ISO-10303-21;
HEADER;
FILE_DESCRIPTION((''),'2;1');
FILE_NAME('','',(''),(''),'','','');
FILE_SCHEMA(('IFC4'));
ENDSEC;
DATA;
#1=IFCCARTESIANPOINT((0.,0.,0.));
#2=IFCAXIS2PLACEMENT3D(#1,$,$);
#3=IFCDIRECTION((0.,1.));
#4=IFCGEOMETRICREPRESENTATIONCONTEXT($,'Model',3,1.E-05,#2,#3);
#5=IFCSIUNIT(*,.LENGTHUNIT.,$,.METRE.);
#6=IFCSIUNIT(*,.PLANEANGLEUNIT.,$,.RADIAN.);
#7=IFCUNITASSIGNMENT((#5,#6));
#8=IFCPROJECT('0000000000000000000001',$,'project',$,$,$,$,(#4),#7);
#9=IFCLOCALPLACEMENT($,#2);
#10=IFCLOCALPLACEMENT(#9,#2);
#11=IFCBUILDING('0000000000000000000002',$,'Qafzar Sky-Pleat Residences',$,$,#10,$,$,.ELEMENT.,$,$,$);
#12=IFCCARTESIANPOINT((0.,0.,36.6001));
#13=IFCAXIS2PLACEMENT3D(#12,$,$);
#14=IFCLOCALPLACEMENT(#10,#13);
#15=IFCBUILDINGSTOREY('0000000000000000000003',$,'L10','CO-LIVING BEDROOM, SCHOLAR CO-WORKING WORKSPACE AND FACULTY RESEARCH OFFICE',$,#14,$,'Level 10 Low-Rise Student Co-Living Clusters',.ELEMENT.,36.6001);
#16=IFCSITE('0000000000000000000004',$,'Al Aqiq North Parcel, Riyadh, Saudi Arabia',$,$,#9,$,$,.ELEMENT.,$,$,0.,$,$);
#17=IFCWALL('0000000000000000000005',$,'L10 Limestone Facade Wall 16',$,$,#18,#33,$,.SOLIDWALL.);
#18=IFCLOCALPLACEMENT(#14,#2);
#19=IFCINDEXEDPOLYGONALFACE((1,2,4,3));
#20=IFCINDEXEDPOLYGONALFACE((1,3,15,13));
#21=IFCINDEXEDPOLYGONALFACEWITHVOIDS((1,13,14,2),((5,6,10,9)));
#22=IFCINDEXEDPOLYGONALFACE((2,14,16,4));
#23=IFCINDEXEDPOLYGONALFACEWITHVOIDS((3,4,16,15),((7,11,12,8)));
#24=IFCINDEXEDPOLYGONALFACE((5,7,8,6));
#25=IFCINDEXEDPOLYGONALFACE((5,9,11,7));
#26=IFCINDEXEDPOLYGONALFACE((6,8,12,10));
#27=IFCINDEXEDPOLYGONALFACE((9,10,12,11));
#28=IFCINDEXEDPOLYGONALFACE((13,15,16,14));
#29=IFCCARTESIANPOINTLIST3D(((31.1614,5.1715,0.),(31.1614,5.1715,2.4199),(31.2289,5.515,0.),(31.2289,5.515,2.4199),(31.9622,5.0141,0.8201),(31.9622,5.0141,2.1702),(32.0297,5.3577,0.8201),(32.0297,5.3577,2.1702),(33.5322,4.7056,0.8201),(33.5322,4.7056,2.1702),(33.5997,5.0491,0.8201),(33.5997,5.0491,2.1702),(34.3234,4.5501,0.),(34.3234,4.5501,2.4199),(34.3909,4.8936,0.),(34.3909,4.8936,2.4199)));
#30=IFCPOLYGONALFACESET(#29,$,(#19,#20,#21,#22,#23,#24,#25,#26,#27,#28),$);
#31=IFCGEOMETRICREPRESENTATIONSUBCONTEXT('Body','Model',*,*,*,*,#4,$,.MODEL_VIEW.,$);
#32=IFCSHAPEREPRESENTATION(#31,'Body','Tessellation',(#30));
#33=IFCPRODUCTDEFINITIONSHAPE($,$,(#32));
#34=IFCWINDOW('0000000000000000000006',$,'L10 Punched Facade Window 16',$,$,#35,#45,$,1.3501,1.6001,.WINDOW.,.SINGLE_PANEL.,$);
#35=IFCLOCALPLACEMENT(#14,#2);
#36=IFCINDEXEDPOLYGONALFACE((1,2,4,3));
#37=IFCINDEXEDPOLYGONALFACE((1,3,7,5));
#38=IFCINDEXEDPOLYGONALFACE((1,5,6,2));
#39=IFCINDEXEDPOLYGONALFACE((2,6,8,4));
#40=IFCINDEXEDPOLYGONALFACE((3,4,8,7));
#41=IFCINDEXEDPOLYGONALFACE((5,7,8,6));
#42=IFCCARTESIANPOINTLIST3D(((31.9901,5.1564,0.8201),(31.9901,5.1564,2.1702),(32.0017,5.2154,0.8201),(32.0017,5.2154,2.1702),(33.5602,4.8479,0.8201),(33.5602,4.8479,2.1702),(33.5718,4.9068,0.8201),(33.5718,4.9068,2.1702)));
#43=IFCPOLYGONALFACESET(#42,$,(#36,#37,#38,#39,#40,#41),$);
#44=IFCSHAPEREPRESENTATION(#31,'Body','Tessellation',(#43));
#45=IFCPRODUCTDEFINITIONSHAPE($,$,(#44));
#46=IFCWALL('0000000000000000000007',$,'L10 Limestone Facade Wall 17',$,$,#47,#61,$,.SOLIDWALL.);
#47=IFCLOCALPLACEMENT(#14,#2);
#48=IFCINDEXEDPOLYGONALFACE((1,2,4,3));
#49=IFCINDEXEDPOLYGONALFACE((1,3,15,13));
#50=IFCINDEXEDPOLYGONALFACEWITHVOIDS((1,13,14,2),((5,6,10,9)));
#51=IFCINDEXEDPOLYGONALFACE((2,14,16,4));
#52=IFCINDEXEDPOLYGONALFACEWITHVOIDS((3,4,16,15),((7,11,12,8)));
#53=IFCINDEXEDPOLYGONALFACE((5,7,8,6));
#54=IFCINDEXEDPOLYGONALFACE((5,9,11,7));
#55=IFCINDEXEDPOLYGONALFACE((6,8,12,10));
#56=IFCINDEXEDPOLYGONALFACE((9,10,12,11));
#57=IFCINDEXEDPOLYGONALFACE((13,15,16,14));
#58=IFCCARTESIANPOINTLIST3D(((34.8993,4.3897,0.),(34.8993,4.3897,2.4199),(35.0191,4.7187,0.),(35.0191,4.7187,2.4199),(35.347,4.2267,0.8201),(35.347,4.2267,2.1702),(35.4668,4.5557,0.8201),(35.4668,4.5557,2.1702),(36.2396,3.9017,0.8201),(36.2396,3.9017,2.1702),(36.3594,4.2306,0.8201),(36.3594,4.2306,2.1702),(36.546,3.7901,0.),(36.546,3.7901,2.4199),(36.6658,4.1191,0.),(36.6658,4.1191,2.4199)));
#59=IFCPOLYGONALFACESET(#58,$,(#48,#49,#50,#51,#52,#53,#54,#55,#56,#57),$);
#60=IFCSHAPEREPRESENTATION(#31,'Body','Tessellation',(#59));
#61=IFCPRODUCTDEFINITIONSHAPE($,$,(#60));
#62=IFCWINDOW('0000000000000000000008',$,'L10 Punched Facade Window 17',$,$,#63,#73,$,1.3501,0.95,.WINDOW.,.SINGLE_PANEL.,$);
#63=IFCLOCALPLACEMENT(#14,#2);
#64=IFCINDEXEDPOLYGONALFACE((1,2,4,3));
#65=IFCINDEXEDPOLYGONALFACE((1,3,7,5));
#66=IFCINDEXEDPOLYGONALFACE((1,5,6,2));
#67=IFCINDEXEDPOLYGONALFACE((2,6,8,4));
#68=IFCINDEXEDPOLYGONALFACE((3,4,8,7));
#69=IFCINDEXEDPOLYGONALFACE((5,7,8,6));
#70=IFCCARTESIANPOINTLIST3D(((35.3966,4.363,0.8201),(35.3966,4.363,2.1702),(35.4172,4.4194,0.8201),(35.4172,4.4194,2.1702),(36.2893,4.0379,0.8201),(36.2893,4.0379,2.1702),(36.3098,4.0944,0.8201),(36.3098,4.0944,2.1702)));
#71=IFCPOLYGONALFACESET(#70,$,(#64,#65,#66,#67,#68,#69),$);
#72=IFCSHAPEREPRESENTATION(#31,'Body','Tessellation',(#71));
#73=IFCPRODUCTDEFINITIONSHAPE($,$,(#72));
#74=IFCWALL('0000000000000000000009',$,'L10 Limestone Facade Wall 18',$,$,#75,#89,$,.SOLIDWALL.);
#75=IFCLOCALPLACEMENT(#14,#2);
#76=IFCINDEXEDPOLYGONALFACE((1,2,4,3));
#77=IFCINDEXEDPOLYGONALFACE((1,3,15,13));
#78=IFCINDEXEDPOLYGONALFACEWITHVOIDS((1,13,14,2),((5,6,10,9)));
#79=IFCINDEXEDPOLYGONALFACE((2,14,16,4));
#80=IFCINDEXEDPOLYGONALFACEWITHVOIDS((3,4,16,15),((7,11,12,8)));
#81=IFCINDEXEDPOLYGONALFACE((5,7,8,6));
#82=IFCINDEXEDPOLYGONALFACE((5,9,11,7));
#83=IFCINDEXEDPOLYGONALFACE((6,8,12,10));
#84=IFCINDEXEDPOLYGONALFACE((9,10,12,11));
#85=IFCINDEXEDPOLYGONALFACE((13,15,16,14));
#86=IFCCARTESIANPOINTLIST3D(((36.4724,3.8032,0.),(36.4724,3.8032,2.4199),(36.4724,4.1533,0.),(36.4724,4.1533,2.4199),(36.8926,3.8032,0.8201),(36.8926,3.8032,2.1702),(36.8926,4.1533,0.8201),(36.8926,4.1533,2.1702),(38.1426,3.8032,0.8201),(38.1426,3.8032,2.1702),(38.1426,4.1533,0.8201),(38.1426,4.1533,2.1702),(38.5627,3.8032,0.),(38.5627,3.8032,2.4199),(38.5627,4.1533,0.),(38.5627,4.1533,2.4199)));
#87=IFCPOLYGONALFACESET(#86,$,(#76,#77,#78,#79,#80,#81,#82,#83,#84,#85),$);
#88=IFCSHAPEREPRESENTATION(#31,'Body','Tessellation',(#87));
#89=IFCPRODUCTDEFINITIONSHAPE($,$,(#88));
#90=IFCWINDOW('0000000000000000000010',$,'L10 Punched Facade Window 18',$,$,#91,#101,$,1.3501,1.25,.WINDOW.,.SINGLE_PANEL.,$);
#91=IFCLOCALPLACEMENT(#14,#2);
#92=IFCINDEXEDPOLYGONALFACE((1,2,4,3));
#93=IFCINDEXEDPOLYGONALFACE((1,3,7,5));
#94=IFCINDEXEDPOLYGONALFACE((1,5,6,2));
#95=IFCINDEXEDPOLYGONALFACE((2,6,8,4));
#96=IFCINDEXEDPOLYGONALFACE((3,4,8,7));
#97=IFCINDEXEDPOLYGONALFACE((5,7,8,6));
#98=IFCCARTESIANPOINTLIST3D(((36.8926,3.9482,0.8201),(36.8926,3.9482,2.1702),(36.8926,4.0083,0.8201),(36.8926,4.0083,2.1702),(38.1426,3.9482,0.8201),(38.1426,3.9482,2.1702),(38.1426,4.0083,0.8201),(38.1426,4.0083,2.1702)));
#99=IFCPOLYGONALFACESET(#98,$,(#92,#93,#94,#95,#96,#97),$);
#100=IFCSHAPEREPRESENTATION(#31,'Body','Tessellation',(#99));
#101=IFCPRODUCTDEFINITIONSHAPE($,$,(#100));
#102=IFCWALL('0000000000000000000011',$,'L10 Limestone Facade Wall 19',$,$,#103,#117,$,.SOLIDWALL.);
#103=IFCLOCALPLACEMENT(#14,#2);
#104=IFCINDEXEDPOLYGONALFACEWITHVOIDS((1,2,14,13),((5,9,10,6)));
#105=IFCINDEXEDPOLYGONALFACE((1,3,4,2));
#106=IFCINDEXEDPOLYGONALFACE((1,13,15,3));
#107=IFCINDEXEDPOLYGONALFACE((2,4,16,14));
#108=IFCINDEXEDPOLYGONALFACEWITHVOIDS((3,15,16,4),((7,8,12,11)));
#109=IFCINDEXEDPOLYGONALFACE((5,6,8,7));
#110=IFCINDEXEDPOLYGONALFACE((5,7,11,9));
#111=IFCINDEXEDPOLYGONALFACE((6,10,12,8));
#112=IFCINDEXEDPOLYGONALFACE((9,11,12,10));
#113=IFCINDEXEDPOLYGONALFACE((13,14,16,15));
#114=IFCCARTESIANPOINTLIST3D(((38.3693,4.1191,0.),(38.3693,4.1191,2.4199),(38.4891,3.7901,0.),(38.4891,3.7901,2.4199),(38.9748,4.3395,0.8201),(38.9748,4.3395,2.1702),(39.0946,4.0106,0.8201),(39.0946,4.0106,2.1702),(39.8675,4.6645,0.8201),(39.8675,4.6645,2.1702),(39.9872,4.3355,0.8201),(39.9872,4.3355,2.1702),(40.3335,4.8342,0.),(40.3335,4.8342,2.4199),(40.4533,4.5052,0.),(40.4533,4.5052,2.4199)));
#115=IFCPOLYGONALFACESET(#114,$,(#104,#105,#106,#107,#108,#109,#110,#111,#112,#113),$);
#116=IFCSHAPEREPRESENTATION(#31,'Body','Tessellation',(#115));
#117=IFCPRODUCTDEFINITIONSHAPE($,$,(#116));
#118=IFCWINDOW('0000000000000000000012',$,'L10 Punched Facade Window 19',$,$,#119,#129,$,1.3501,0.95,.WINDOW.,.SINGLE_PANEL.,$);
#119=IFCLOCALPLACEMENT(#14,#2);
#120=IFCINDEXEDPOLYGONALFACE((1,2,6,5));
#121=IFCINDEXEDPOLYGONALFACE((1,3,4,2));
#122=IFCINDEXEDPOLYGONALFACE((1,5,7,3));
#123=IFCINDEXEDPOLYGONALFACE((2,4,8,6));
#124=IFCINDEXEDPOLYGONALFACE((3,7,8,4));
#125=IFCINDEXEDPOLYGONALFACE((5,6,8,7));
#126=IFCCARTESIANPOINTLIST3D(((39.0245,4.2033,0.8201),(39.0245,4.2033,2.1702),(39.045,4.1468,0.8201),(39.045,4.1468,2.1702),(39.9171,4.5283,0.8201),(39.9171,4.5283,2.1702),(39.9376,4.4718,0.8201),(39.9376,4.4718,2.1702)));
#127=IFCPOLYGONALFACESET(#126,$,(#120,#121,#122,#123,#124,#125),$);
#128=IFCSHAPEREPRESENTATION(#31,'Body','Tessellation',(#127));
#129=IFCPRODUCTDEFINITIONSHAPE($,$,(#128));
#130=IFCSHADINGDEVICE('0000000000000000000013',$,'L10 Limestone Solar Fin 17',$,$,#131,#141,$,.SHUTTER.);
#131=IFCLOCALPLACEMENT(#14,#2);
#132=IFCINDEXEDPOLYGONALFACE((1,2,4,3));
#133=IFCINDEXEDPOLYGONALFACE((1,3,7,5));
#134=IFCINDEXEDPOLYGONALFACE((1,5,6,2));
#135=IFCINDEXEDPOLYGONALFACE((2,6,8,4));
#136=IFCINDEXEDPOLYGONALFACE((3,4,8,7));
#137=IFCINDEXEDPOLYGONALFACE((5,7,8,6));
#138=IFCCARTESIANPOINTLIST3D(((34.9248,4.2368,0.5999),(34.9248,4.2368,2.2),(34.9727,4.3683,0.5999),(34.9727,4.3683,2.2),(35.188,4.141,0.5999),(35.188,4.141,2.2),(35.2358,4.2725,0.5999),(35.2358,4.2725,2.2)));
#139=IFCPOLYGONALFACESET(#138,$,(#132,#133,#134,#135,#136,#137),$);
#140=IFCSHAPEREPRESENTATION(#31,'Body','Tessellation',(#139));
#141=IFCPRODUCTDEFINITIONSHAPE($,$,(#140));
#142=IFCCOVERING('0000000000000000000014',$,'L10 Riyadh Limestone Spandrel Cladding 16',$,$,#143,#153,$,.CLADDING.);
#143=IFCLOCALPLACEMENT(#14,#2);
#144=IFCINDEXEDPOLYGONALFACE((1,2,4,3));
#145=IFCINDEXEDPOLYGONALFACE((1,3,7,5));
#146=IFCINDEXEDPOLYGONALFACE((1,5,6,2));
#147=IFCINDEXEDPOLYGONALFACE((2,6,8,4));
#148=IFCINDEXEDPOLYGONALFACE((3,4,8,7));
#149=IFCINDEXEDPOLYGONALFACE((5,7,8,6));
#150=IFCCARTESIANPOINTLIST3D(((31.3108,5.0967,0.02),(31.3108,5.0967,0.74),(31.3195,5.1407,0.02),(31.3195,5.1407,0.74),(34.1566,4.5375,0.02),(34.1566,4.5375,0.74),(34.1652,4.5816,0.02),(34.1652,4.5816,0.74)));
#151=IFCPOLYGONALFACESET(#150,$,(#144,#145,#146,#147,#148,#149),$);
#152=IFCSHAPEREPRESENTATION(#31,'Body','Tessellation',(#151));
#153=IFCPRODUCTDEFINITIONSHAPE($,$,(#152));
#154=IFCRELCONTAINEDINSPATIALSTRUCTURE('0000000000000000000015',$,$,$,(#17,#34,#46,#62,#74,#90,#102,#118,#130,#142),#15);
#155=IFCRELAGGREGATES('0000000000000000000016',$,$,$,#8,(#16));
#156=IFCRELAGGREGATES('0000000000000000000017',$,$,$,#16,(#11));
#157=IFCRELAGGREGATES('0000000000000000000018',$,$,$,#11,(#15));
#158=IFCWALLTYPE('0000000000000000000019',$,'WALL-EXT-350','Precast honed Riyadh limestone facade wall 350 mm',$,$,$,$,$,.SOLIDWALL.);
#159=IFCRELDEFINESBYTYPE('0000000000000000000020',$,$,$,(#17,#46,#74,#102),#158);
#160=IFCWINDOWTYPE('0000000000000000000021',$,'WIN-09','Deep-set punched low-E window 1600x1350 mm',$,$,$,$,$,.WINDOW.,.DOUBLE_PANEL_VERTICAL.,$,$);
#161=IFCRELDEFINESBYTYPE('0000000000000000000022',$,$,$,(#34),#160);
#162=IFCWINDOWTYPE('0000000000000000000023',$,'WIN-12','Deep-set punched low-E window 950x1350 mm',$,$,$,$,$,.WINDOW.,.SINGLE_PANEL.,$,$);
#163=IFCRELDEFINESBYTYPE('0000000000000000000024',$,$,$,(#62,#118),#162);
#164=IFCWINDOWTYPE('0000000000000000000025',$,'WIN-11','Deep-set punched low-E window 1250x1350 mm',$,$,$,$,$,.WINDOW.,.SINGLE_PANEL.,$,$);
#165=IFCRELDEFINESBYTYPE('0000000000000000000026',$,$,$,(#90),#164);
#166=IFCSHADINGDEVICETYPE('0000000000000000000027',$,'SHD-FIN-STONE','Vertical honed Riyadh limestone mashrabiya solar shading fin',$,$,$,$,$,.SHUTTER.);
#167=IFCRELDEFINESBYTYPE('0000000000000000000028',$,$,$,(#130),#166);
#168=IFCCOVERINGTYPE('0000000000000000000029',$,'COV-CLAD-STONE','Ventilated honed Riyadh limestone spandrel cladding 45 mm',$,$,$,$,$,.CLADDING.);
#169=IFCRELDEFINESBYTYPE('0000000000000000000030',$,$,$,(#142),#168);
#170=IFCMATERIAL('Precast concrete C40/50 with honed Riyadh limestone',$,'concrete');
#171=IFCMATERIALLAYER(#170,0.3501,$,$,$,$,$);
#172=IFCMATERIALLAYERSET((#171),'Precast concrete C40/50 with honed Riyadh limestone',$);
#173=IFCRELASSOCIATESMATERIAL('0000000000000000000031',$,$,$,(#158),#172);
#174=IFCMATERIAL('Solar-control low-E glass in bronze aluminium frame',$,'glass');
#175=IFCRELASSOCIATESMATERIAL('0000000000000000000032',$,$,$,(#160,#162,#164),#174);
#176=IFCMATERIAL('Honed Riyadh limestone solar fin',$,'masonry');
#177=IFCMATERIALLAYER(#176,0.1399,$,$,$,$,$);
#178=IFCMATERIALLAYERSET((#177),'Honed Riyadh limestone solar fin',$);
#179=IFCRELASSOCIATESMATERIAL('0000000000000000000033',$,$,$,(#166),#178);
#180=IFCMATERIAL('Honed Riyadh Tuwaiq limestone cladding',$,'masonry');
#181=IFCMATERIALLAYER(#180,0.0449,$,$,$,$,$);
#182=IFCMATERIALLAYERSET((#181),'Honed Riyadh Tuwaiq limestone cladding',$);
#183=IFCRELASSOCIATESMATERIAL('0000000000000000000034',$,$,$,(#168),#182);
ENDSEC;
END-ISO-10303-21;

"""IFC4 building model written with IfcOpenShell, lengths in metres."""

from ifc_helpers import new_model, si_unit, direction, frame, frame_2d, origin, origin_2d, place, context, subcontext, project, spatial, rectangle, extrude, source, transform, mapped, material, layer, layer_set, type_object, element, fill, save


model = new_model("IFC4")

# Units and contexts
model_context = context("Model", 3, precision=1e-05, world=origin(), true_north=direction((0.0, 1.0)))
body_context = subcontext(model_context, "Body", "Model", "MODEL_VIEW")
ifc_project = project(units=[si_unit("LENGTHUNIT", "METRE"), si_unit("PLANEANGLEUNIT", "RADIAN")], contexts=[model_context])

# Site, building, storey
site_placement = place(None, origin())
site = spatial("IfcSite", under=ifc_project, at=site_placement, Name="Al Aqiq North Parcel, Riyadh, Saudi Arabia", CompositionType="ELEMENT", RefElevation=0.0)
building_placement = place(site_placement, origin())
building = spatial("IfcBuilding", under=site, at=building_placement, Name="Qafzar Sky-Pleat Residences", CompositionType="ELEMENT")
storey_placement = place(building_placement, frame((0.0, 0.0, 36.6001)))
storey = spatial("IfcBuildingStorey", under=building, at=storey_placement, Name="L10", Description="CO-LIVING BEDROOM, SCHOLAR CO-WORKING WORKSPACE AND FACULTY RESEARCH OFFICE", LongName="Level 10 Low-Rise Student Co-Living Clusters", CompositionType="ELEMENT", Elevation=36.6001)

# Walls, openings, windows
ifc_material_1 = material(Name="Precast concrete C40/50 with honed Riyadh limestone", Category="concrete")
ifc_layer_1 = layer(ifc_material_1, 0.3501)
ifc_layer_set_1 = layer_set([ifc_layer_1], Name="Precast concrete C40/50 with honed Riyadh limestone")
wall_type_1 = type_object("IfcWallType", Name="WALL-EXT-350", Description="Precast honed Riyadh limestone facade wall 350 mm", PredefinedType="SOLIDWALL", material=ifc_layer_set_1)
wall_1_placement = place(storey_placement, frame((31.1951, 5.3433, 0.0), z_axis=(0.0, 0.0, 1.0), x_axis=(0.981234, -0.192822, 0.0)))
wall_1 = element("IfcWall", 1, at=wall_1_placement, inside=storey, type_object=wall_type_1, Name="L10 Limestone Facade Wall 16", PredefinedType="SOLIDWALL", context=body_context, shape_type="SweptSolid", body=[
    extrude(rectangle(XDim=3.2224, YDim=0.3501, at=frame_2d((1.6113, 0.0))), origin(), (0.0, 0.0, 1.0), 2.4199),
])
opening_1_placement = place(wall_1_placement, frame((0.8162, 0.0, 0.8201)))
opening_1 = element("IfcOpeningElement", 2, at=opening_1_placement, cuts=wall_1, PredefinedType="OPENING", context=body_context, shape_type="SweptSolid", body=[
    extrude(rectangle(XDim=1.6001, YDim=1.3501, at=frame_2d((0.8, 0.675))), frame((0.0, 0.1851, 0.0), z_axis=(0.0, -1.0, 0.0), x_axis=(1.0, 0.0, 0.0)), (0.0, 0.0, 1.0), 0.3701),
])
ifc_material_2 = material(Name="Solar-control low-E glass in bronze aluminium frame", Category="glass")
window_type_1 = type_object("IfcWindowType", Name="WIN-09", Description="Deep-set punched low-E window 1600x1350 mm", PartitioningType="DOUBLE_PANEL_VERTICAL", PredefinedType="WINDOW", material=ifc_material_2)
shared_shape_1 = source(origin(), body_context, "Body", "SweptSolid", [
    extrude(rectangle(XDim=1.6001, YDim=1.3501, at=frame_2d((0.8, 0.675))), frame((0.0, 0.03, 0.0), z_axis=(0.0, -1.0, 0.0), x_axis=(1.0, 0.0, 0.0)), (0.0, 0.0, 1.0), 0.0601),
])
window_1_placement = place(opening_1_placement, origin())
window_1 = element("IfcWindow", 3, at=window_1_placement, inside=storey, type_object=window_type_1, Name="L10 Punched Facade Window 16", OverallHeight=1.3501, OverallWidth=1.6001, PartitioningType="SINGLE_PANEL", PredefinedType="WINDOW", context=body_context, shape_type="MappedRepresentation", body=[
    mapped(shared_shape_1, transform((0.0, 0.0, 0.0), x_axis=(1.0, 0.0, 0.0), y_axis=(0.0, 1.0, 0.0), z_axis=(0.0, 0.0, 1.0), scale=1.0)),
])
fill(opening_1, window_1)
wall_2_placement = place(storey_placement, frame((34.9592, 4.5542, 0.0), z_axis=(0.0, 0.0, 1.0), x_axis=(0.939647, -0.342146, 0.0)))
wall_2 = element("IfcWall", 4, at=wall_2_placement, inside=storey, type_object=wall_type_1, Name="L10 Limestone Facade Wall 17", PredefinedType="SOLIDWALL", context=body_context, shape_type="SweptSolid", body=[
    extrude(rectangle(XDim=1.7524, YDim=0.3501, at=frame_2d((0.8762, 0.0))), origin(), (0.0, 0.0, 1.0), 2.4199),
])
opening_2_placement = place(wall_2_placement, frame((0.4763, 0.0, 0.8201)))
opening_2 = element("IfcOpeningElement", 5, at=opening_2_placement, cuts=wall_2, PredefinedType="OPENING", context=body_context, shape_type="SweptSolid", body=[
    extrude(rectangle(XDim=0.95, YDim=1.3501, at=frame_2d((0.4751, 0.675))), frame((0.0, 0.1851, 0.0), z_axis=(0.0, -1.0, 0.0), x_axis=(1.0, 0.0, 0.0)), (0.0, 0.0, 1.0), 0.3701),
])
window_type_2 = type_object("IfcWindowType", Name="WIN-12", Description="Deep-set punched low-E window 950x1350 mm", PartitioningType="SINGLE_PANEL", PredefinedType="WINDOW", material=ifc_material_2)
shared_shape_2 = source(origin(), body_context, "Body", "SweptSolid", [
    extrude(rectangle(XDim=0.95, YDim=1.3501, at=frame_2d((0.4751, 0.675))), frame((0.0, 0.03, 0.0), z_axis=(0.0, -1.0, 0.0), x_axis=(1.0, 0.0, 0.0)), (0.0, 0.0, 1.0), 0.0601),
])
window_2_placement = place(opening_2_placement, origin())
window_2 = element("IfcWindow", 6, at=window_2_placement, inside=storey, type_object=window_type_2, Name="L10 Punched Facade Window 17", OverallHeight=1.3501, OverallWidth=0.95, PartitioningType="SINGLE_PANEL", PredefinedType="WINDOW", context=body_context, shape_type="MappedRepresentation", body=[
    mapped(shared_shape_2, transform((0.0, 0.0, 0.0), x_axis=(1.0, 0.0, 0.0), y_axis=(0.0, 1.0, 0.0), z_axis=(0.0, 0.0, 1.0), scale=1.0)),
])
fill(opening_2, window_2)
wall_3_placement = place(storey_placement, frame((36.4724, 3.9783, 0.0), z_axis=(0.0, 0.0, 1.0), x_axis=(1.0, 0.0, 0.0)))
wall_3 = element("IfcWall", 7, at=wall_3_placement, inside=storey, type_object=wall_type_1, Name="L10 Limestone Facade Wall 18", PredefinedType="SOLIDWALL", context=body_context, shape_type="SweptSolid", body=[
    extrude(rectangle(XDim=2.0903, YDim=0.3501, at=frame_2d((1.0452, 0.0))), origin(), (0.0, 0.0, 1.0), 2.4199),
])
opening_3_placement = place(wall_3_placement, frame((0.4202, 0.0, 0.8201)))
opening_3 = element("IfcOpeningElement", 8, at=opening_3_placement, cuts=wall_3, PredefinedType="OPENING", context=body_context, shape_type="SweptSolid", body=[
    extrude(rectangle(XDim=1.25, YDim=1.3501, at=frame_2d((0.625, 0.675))), frame((0.0, 0.1851, 0.0), z_axis=(0.0, -1.0, 0.0), x_axis=(1.0, 0.0, 0.0)), (0.0, 0.0, 1.0), 0.3701),
])
window_type_3 = type_object("IfcWindowType", Name="WIN-11", Description="Deep-set punched low-E window 1250x1350 mm", PartitioningType="SINGLE_PANEL", PredefinedType="WINDOW", material=ifc_material_2)
shared_shape_3 = source(origin(), body_context, "Body", "SweptSolid", [
    extrude(rectangle(XDim=1.25, YDim=1.3501, at=frame_2d((0.625, 0.675))), frame((0.0, 0.03, 0.0), z_axis=(0.0, -1.0, 0.0), x_axis=(1.0, 0.0, 0.0)), (0.0, 0.0, 1.0), 0.0601),
])
window_3_placement = place(opening_3_placement, origin())
window_3 = element("IfcWindow", 9, at=window_3_placement, inside=storey, type_object=window_type_3, Name="L10 Punched Facade Window 18", OverallHeight=1.3501, OverallWidth=1.25, PartitioningType="SINGLE_PANEL", PredefinedType="WINDOW", context=body_context, shape_type="MappedRepresentation", body=[
    mapped(shared_shape_3, transform((0.0, 0.0, 0.0), x_axis=(1.0, 0.0, 0.0), y_axis=(0.0, 1.0, 0.0), z_axis=(0.0, 0.0, 1.0), scale=1.0)),
])
fill(opening_3, window_3)
wall_4_placement = place(storey_placement, frame((38.4292, 3.9546, 0.0), z_axis=(0.0, 0.0, 1.0), x_axis=(0.93966, 0.342109, 0.0)))
wall_4 = element("IfcWall", 10, at=wall_4_placement, inside=storey, type_object=wall_type_1, Name="L10 Limestone Facade Wall 19", PredefinedType="SOLIDWALL", context=body_context, shape_type="SweptSolid", body=[
    extrude(rectangle(XDim=2.0903, YDim=0.3501, at=frame_2d((1.0452, 0.0))), origin(), (0.0, 0.0, 1.0), 2.4199),
])
opening_4_placement = place(wall_4_placement, frame((0.6443, 0.0, 0.8201)))
opening_4 = element("IfcOpeningElement", 11, at=opening_4_placement, cuts=wall_4, PredefinedType="OPENING", context=body_context, shape_type="SweptSolid", body=[
    extrude(rectangle(XDim=0.95, YDim=1.3501, at=frame_2d((0.4751, 0.675))), frame((0.0, 0.1851, 0.0), z_axis=(0.0, -1.0, 0.0), x_axis=(1.0, 0.0, 0.0)), (0.0, 0.0, 1.0), 0.3701),
])
window_4_placement = place(opening_4_placement, origin())
window_4 = element("IfcWindow", 12, at=window_4_placement, inside=storey, type_object=window_type_2, Name="L10 Punched Facade Window 19", OverallHeight=1.3501, OverallWidth=0.95, PartitioningType="SINGLE_PANEL", PredefinedType="WINDOW", context=body_context, shape_type="MappedRepresentation", body=[
    mapped(shared_shape_2, transform((0.0, 0.0, 0.0), x_axis=(1.0, 0.0, 0.0), y_axis=(0.0, 1.0, 0.0), z_axis=(0.0, 0.0, 1.0), scale=1.0)),
])
fill(opening_4, window_4)

# Shading device
ifc_material_3 = material(Name="Honed Riyadh limestone solar fin", Category="masonry")
ifc_layer_2 = layer(ifc_material_3, 0.1399)
ifc_layer_set_2 = layer_set([ifc_layer_2], Name="Honed Riyadh limestone solar fin")
shading_device_type = type_object("IfcShadingDeviceType", Name="SHD-FIN-STONE", Description="Vertical honed Riyadh limestone mashrabiya solar shading fin", PredefinedType="SHUTTER", material=ifc_layer_set_2)
shared_shape_4 = source(origin(), body_context, "Body", "SweptSolid", [
    extrude(rectangle(XDim=0.1399, YDim=0.28, at=origin_2d()), origin(), (0.0, 0.0, 1.0), 1.6001),
])
shading_device_placement = place(storey_placement, frame((35.0803, 4.2546, 0.5999), z_axis=(0.0, 0.0, 1.0), x_axis=(-0.342054, -0.93968, 0.0)))
element("IfcShadingDevice", 13, at=shading_device_placement, inside=storey, type_object=shading_device_type, Name="L10 Limestone Solar Fin 17", PredefinedType="SHUTTER", context=body_context, shape_type="MappedRepresentation", body=[
    mapped(shared_shape_4, transform((0.0, 0.0, 0.0), x_axis=(1.0, 0.0, 0.0), y_axis=(0.0, 1.0, 0.0), z_axis=(0.0, 0.0, 1.0), scale=1.0)),
])

# Covering
ifc_material_4 = material(Name="Honed Riyadh Tuwaiq limestone cladding", Category="masonry")
ifc_layer_3 = layer(ifc_material_4, 0.0449)
ifc_layer_set_3 = layer_set([ifc_layer_3], Name="Honed Riyadh Tuwaiq limestone cladding")
covering_type = type_object("IfcCoveringType", Name="COV-CLAD-STONE", Description="Ventilated honed Riyadh limestone spandrel cladding 45 mm", PredefinedType="CLADDING", material=ifc_layer_set_3)
shared_shape_5 = source(origin(), body_context, "Body", "SweptSolid", [
    extrude(rectangle(XDim=2.9001, YDim=0.0449, at=origin_2d()), origin(), (0.0, 0.0, 1.0), 0.72),
])
covering_placement = place(storey_placement, frame((32.738, 4.8391, 0.02), z_axis=(0.0, 0.0, 1.0), x_axis=(0.981236, -0.192809, 0.0)))
element("IfcCovering", 14, at=covering_placement, inside=storey, type_object=covering_type, Name="L10 Riyadh Limestone Spandrel Cladding 16", PredefinedType="CLADDING", context=body_context, shape_type="MappedRepresentation", body=[
    mapped(shared_shape_5, transform((0.0, 0.0, 0.0), x_axis=(1.0, 0.0, 0.0), y_axis=(0.0, 1.0, 0.0), z_axis=(0.0, 0.0, 1.0), scale=1.0)),
])

save(model, "model.ifc")
